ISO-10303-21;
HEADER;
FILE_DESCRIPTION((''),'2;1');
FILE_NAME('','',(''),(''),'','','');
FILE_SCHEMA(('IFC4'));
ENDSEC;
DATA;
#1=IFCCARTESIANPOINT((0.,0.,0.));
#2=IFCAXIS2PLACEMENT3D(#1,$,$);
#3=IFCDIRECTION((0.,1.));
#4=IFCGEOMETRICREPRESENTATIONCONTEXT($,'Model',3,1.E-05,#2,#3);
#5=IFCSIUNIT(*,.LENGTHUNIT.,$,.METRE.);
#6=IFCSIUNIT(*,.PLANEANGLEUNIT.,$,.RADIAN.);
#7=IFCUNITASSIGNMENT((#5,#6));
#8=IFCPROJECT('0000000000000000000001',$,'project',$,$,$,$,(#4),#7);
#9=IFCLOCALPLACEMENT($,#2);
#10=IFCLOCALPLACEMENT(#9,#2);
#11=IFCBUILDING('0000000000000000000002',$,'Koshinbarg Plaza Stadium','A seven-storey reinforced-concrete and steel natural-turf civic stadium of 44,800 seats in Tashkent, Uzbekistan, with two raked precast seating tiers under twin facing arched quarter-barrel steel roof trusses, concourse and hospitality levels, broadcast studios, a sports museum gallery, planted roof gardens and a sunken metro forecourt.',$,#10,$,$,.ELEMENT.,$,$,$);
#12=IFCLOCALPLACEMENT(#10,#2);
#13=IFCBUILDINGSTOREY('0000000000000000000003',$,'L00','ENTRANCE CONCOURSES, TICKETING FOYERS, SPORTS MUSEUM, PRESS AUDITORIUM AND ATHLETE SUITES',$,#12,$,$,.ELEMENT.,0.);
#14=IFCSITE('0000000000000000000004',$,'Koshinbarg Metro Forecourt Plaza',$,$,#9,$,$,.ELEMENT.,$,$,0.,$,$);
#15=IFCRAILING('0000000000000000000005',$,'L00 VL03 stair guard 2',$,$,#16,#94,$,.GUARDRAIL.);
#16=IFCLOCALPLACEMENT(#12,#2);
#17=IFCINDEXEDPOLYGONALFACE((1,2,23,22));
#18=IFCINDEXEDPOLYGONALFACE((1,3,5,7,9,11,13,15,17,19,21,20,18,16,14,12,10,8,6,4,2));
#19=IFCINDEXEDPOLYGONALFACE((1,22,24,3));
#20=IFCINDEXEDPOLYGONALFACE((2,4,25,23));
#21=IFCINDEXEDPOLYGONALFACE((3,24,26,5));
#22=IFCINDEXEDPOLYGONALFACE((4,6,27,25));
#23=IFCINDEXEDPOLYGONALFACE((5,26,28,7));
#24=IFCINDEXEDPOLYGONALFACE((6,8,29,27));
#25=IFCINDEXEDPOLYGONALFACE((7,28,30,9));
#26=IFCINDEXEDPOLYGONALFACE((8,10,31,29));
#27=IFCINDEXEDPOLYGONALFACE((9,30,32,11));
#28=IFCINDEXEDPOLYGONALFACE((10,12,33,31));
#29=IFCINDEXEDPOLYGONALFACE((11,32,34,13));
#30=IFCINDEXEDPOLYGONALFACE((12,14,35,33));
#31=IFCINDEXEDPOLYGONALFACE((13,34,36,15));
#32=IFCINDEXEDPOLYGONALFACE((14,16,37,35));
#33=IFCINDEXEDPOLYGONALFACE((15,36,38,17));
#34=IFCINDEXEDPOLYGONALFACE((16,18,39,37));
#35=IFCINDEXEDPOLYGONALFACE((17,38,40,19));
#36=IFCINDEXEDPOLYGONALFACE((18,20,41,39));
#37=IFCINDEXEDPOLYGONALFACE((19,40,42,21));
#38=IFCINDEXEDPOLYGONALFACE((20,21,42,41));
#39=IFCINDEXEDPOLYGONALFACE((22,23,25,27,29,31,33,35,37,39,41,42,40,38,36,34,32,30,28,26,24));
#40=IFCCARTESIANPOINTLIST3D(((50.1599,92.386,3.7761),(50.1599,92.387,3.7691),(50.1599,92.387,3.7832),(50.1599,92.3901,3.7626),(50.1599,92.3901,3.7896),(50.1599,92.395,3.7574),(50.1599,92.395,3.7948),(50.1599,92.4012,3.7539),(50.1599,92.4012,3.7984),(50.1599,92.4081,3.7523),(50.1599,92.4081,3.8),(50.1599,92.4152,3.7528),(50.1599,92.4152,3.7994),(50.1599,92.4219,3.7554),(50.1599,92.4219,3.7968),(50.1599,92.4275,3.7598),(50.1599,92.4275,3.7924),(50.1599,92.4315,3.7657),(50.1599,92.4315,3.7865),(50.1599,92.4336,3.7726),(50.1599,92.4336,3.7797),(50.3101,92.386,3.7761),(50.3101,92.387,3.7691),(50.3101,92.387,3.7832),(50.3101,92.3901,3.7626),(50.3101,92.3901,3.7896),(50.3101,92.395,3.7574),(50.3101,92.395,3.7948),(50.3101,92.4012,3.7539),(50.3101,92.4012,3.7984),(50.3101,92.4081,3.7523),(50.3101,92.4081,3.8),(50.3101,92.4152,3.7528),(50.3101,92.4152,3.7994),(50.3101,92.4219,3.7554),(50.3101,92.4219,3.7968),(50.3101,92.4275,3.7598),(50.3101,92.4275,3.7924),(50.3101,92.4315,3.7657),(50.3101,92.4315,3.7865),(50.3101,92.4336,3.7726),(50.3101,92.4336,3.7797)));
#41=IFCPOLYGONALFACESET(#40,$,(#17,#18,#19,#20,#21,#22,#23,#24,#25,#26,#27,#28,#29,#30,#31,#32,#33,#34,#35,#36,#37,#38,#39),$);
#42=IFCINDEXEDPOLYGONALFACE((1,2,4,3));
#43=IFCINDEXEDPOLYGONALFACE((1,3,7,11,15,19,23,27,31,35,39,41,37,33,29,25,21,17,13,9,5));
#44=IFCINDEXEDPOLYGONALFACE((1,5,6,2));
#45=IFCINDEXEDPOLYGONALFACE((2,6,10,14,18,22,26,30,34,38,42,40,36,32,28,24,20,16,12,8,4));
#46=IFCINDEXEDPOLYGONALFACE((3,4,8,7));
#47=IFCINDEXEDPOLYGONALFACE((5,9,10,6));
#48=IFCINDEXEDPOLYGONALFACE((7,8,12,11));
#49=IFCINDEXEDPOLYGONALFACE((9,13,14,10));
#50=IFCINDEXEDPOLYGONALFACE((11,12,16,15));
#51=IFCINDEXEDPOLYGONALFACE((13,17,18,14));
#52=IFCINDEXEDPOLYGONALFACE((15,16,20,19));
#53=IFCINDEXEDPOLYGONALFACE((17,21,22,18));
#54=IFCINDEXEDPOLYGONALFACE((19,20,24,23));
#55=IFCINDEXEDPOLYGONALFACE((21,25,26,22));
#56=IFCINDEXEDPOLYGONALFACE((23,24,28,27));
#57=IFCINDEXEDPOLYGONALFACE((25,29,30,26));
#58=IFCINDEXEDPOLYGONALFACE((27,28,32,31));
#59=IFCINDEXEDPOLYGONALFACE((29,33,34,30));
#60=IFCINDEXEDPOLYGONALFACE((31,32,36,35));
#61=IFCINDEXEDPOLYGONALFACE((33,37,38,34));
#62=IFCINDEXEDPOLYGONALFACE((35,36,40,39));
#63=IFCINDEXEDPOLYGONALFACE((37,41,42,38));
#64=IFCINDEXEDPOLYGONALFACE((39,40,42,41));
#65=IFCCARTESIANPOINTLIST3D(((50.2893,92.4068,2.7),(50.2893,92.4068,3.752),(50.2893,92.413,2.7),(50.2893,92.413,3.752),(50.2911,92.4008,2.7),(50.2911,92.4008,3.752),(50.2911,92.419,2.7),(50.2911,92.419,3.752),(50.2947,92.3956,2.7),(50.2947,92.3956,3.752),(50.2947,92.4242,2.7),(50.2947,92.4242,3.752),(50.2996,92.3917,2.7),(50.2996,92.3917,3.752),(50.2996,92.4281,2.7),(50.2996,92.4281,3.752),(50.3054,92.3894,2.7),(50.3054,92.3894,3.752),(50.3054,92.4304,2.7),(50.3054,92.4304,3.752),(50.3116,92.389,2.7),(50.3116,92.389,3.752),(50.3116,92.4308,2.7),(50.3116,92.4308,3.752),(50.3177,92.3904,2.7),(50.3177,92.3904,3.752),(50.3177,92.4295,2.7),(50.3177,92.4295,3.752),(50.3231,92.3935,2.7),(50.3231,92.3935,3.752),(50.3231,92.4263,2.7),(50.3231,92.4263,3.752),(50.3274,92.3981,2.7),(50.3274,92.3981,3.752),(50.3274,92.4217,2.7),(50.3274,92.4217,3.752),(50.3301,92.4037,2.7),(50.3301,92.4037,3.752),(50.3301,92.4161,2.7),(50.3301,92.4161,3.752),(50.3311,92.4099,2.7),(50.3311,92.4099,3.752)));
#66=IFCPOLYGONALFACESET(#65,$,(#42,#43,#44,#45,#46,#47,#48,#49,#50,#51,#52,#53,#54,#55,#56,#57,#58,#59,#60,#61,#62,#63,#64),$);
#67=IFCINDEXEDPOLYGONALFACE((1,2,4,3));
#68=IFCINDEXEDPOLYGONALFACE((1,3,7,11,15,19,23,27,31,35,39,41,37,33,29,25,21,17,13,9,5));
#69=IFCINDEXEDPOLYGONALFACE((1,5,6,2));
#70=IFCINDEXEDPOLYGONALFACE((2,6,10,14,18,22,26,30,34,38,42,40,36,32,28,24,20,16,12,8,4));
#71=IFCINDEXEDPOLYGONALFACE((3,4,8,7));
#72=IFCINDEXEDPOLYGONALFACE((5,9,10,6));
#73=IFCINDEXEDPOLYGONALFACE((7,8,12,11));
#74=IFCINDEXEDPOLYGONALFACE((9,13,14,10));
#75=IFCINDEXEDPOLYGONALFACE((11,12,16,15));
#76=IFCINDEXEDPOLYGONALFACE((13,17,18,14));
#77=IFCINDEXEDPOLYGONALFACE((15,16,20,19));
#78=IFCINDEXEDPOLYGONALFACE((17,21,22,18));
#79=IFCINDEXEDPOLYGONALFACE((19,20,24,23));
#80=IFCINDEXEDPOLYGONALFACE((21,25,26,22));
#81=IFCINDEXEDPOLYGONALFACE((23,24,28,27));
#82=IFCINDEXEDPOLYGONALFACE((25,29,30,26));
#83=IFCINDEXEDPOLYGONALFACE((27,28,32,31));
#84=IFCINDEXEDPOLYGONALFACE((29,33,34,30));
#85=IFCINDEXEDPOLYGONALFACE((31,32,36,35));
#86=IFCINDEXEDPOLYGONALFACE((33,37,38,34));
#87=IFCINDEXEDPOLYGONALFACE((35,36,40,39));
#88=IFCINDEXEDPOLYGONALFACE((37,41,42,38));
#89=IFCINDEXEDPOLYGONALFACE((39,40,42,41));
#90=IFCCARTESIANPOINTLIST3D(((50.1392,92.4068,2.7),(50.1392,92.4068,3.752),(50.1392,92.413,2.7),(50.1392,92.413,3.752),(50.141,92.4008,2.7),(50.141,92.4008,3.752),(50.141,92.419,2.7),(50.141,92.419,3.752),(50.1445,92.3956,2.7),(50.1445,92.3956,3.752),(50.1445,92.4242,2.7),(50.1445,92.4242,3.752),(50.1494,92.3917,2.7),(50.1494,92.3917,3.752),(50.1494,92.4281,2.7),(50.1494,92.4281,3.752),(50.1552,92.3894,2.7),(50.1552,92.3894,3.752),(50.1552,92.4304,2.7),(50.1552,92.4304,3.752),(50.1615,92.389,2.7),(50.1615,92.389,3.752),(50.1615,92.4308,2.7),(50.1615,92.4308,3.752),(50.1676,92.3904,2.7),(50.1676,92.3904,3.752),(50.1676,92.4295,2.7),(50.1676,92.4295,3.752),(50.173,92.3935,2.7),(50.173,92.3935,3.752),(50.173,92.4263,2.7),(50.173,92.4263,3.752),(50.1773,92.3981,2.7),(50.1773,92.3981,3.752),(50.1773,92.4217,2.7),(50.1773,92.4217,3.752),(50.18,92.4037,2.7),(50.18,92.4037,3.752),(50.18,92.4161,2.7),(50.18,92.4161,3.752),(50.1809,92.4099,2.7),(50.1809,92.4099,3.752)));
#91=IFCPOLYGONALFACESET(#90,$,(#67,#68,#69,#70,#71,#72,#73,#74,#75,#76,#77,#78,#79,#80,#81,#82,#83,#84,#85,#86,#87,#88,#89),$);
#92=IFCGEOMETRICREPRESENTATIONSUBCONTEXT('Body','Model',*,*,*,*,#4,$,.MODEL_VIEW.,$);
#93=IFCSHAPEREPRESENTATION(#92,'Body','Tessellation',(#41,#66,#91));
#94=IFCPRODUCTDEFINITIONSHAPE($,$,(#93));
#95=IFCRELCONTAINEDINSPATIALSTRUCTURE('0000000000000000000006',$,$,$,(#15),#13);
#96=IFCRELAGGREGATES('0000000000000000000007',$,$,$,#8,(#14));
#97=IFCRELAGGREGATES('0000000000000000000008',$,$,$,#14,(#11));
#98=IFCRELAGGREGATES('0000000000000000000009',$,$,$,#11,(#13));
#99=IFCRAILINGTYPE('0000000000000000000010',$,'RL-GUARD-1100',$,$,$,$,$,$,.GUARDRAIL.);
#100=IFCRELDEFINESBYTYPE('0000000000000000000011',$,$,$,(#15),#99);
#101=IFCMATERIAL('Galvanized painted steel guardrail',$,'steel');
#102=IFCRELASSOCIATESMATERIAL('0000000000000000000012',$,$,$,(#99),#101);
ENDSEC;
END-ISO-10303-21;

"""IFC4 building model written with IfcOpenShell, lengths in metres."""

from ifc_helpers import new_model, si_unit, direction, frame, origin, origin_2d, place, context, subcontext, project, spatial, circle, extrude, material, type_object, element, save


model = new_model("IFC4")

# Units and contexts
model_context = context("Model", 3, precision=1e-05, world=origin(), true_north=direction((0.0, 1.0)))
body_context = subcontext(model_context, "Body", "Model", "MODEL_VIEW")
ifc_project = project(units=[si_unit("LENGTHUNIT", "METRE"), si_unit("PLANEANGLEUNIT", "RADIAN")], contexts=[model_context])

# Site, building, storey
site_placement = place(None, origin())
site = spatial("IfcSite", under=ifc_project, at=site_placement, Name="Koshinbarg Metro Forecourt Plaza", CompositionType="ELEMENT", RefElevation=0.0)
building_placement = place(site_placement, origin())
building = spatial("IfcBuilding", under=site, at=building_placement, Name="Koshinbarg Plaza Stadium", Description="A seven-storey reinforced-concrete and steel natural-turf civic stadium of 44,800 seats in Tashkent, Uzbekistan, with two raked precast seating tiers under twin facing arched quarter-barrel steel roof trusses, concourse and hospitality levels, broadcast studios, a sports museum gallery, planted roof gardens and a sunken metro forecourt.", CompositionType="ELEMENT")
storey_placement = place(building_placement, origin())
storey = spatial("IfcBuildingStorey", under=building, at=storey_placement, Name="L00", Description="ENTRANCE CONCOURSES, TICKETING FOYERS, SPORTS MUSEUM, PRESS AUDITORIUM AND ATHLETE SUITES", CompositionType="ELEMENT", Elevation=0.0)

# Railing
ifc_material_1 = material(Name="Galvanized painted steel guardrail", Category="steel")
railing_type_1 = type_object("IfcRailingType", Name="RL-GUARD-1100", PredefinedType="GUARDRAIL", material=ifc_material_1)
railing_1_placement = place(storey_placement, frame((50.3101, 92.4099, 2.7)))
element("IfcRailing", 1, at=railing_1_placement, inside=storey, type_object=railing_type_1, Name="L00 VL03 stair guard 2", PredefinedType="GUARDRAIL", context=body_context, shape_type="SweptSolid", body=[
    extrude(circle(Radius=0.0239, at=origin_2d()), frame((0.0, 0.0, 1.0762), z_axis=(-1.0, 0.0, 0.0), x_axis=(0.0, -1.0, 0.0)), (0.0, 0.0, 1.0), 0.1501),
    extrude(circle(Radius=0.021, at=origin_2d()), origin(), (0.0, 0.0, 1.0), 1.052),
    extrude(circle(Radius=0.021, at=origin_2d()), frame((-0.1501, 0.0, 0.0)), (0.0, 0.0, 1.0), 1.052),
])

save(model, "model.ifc")
